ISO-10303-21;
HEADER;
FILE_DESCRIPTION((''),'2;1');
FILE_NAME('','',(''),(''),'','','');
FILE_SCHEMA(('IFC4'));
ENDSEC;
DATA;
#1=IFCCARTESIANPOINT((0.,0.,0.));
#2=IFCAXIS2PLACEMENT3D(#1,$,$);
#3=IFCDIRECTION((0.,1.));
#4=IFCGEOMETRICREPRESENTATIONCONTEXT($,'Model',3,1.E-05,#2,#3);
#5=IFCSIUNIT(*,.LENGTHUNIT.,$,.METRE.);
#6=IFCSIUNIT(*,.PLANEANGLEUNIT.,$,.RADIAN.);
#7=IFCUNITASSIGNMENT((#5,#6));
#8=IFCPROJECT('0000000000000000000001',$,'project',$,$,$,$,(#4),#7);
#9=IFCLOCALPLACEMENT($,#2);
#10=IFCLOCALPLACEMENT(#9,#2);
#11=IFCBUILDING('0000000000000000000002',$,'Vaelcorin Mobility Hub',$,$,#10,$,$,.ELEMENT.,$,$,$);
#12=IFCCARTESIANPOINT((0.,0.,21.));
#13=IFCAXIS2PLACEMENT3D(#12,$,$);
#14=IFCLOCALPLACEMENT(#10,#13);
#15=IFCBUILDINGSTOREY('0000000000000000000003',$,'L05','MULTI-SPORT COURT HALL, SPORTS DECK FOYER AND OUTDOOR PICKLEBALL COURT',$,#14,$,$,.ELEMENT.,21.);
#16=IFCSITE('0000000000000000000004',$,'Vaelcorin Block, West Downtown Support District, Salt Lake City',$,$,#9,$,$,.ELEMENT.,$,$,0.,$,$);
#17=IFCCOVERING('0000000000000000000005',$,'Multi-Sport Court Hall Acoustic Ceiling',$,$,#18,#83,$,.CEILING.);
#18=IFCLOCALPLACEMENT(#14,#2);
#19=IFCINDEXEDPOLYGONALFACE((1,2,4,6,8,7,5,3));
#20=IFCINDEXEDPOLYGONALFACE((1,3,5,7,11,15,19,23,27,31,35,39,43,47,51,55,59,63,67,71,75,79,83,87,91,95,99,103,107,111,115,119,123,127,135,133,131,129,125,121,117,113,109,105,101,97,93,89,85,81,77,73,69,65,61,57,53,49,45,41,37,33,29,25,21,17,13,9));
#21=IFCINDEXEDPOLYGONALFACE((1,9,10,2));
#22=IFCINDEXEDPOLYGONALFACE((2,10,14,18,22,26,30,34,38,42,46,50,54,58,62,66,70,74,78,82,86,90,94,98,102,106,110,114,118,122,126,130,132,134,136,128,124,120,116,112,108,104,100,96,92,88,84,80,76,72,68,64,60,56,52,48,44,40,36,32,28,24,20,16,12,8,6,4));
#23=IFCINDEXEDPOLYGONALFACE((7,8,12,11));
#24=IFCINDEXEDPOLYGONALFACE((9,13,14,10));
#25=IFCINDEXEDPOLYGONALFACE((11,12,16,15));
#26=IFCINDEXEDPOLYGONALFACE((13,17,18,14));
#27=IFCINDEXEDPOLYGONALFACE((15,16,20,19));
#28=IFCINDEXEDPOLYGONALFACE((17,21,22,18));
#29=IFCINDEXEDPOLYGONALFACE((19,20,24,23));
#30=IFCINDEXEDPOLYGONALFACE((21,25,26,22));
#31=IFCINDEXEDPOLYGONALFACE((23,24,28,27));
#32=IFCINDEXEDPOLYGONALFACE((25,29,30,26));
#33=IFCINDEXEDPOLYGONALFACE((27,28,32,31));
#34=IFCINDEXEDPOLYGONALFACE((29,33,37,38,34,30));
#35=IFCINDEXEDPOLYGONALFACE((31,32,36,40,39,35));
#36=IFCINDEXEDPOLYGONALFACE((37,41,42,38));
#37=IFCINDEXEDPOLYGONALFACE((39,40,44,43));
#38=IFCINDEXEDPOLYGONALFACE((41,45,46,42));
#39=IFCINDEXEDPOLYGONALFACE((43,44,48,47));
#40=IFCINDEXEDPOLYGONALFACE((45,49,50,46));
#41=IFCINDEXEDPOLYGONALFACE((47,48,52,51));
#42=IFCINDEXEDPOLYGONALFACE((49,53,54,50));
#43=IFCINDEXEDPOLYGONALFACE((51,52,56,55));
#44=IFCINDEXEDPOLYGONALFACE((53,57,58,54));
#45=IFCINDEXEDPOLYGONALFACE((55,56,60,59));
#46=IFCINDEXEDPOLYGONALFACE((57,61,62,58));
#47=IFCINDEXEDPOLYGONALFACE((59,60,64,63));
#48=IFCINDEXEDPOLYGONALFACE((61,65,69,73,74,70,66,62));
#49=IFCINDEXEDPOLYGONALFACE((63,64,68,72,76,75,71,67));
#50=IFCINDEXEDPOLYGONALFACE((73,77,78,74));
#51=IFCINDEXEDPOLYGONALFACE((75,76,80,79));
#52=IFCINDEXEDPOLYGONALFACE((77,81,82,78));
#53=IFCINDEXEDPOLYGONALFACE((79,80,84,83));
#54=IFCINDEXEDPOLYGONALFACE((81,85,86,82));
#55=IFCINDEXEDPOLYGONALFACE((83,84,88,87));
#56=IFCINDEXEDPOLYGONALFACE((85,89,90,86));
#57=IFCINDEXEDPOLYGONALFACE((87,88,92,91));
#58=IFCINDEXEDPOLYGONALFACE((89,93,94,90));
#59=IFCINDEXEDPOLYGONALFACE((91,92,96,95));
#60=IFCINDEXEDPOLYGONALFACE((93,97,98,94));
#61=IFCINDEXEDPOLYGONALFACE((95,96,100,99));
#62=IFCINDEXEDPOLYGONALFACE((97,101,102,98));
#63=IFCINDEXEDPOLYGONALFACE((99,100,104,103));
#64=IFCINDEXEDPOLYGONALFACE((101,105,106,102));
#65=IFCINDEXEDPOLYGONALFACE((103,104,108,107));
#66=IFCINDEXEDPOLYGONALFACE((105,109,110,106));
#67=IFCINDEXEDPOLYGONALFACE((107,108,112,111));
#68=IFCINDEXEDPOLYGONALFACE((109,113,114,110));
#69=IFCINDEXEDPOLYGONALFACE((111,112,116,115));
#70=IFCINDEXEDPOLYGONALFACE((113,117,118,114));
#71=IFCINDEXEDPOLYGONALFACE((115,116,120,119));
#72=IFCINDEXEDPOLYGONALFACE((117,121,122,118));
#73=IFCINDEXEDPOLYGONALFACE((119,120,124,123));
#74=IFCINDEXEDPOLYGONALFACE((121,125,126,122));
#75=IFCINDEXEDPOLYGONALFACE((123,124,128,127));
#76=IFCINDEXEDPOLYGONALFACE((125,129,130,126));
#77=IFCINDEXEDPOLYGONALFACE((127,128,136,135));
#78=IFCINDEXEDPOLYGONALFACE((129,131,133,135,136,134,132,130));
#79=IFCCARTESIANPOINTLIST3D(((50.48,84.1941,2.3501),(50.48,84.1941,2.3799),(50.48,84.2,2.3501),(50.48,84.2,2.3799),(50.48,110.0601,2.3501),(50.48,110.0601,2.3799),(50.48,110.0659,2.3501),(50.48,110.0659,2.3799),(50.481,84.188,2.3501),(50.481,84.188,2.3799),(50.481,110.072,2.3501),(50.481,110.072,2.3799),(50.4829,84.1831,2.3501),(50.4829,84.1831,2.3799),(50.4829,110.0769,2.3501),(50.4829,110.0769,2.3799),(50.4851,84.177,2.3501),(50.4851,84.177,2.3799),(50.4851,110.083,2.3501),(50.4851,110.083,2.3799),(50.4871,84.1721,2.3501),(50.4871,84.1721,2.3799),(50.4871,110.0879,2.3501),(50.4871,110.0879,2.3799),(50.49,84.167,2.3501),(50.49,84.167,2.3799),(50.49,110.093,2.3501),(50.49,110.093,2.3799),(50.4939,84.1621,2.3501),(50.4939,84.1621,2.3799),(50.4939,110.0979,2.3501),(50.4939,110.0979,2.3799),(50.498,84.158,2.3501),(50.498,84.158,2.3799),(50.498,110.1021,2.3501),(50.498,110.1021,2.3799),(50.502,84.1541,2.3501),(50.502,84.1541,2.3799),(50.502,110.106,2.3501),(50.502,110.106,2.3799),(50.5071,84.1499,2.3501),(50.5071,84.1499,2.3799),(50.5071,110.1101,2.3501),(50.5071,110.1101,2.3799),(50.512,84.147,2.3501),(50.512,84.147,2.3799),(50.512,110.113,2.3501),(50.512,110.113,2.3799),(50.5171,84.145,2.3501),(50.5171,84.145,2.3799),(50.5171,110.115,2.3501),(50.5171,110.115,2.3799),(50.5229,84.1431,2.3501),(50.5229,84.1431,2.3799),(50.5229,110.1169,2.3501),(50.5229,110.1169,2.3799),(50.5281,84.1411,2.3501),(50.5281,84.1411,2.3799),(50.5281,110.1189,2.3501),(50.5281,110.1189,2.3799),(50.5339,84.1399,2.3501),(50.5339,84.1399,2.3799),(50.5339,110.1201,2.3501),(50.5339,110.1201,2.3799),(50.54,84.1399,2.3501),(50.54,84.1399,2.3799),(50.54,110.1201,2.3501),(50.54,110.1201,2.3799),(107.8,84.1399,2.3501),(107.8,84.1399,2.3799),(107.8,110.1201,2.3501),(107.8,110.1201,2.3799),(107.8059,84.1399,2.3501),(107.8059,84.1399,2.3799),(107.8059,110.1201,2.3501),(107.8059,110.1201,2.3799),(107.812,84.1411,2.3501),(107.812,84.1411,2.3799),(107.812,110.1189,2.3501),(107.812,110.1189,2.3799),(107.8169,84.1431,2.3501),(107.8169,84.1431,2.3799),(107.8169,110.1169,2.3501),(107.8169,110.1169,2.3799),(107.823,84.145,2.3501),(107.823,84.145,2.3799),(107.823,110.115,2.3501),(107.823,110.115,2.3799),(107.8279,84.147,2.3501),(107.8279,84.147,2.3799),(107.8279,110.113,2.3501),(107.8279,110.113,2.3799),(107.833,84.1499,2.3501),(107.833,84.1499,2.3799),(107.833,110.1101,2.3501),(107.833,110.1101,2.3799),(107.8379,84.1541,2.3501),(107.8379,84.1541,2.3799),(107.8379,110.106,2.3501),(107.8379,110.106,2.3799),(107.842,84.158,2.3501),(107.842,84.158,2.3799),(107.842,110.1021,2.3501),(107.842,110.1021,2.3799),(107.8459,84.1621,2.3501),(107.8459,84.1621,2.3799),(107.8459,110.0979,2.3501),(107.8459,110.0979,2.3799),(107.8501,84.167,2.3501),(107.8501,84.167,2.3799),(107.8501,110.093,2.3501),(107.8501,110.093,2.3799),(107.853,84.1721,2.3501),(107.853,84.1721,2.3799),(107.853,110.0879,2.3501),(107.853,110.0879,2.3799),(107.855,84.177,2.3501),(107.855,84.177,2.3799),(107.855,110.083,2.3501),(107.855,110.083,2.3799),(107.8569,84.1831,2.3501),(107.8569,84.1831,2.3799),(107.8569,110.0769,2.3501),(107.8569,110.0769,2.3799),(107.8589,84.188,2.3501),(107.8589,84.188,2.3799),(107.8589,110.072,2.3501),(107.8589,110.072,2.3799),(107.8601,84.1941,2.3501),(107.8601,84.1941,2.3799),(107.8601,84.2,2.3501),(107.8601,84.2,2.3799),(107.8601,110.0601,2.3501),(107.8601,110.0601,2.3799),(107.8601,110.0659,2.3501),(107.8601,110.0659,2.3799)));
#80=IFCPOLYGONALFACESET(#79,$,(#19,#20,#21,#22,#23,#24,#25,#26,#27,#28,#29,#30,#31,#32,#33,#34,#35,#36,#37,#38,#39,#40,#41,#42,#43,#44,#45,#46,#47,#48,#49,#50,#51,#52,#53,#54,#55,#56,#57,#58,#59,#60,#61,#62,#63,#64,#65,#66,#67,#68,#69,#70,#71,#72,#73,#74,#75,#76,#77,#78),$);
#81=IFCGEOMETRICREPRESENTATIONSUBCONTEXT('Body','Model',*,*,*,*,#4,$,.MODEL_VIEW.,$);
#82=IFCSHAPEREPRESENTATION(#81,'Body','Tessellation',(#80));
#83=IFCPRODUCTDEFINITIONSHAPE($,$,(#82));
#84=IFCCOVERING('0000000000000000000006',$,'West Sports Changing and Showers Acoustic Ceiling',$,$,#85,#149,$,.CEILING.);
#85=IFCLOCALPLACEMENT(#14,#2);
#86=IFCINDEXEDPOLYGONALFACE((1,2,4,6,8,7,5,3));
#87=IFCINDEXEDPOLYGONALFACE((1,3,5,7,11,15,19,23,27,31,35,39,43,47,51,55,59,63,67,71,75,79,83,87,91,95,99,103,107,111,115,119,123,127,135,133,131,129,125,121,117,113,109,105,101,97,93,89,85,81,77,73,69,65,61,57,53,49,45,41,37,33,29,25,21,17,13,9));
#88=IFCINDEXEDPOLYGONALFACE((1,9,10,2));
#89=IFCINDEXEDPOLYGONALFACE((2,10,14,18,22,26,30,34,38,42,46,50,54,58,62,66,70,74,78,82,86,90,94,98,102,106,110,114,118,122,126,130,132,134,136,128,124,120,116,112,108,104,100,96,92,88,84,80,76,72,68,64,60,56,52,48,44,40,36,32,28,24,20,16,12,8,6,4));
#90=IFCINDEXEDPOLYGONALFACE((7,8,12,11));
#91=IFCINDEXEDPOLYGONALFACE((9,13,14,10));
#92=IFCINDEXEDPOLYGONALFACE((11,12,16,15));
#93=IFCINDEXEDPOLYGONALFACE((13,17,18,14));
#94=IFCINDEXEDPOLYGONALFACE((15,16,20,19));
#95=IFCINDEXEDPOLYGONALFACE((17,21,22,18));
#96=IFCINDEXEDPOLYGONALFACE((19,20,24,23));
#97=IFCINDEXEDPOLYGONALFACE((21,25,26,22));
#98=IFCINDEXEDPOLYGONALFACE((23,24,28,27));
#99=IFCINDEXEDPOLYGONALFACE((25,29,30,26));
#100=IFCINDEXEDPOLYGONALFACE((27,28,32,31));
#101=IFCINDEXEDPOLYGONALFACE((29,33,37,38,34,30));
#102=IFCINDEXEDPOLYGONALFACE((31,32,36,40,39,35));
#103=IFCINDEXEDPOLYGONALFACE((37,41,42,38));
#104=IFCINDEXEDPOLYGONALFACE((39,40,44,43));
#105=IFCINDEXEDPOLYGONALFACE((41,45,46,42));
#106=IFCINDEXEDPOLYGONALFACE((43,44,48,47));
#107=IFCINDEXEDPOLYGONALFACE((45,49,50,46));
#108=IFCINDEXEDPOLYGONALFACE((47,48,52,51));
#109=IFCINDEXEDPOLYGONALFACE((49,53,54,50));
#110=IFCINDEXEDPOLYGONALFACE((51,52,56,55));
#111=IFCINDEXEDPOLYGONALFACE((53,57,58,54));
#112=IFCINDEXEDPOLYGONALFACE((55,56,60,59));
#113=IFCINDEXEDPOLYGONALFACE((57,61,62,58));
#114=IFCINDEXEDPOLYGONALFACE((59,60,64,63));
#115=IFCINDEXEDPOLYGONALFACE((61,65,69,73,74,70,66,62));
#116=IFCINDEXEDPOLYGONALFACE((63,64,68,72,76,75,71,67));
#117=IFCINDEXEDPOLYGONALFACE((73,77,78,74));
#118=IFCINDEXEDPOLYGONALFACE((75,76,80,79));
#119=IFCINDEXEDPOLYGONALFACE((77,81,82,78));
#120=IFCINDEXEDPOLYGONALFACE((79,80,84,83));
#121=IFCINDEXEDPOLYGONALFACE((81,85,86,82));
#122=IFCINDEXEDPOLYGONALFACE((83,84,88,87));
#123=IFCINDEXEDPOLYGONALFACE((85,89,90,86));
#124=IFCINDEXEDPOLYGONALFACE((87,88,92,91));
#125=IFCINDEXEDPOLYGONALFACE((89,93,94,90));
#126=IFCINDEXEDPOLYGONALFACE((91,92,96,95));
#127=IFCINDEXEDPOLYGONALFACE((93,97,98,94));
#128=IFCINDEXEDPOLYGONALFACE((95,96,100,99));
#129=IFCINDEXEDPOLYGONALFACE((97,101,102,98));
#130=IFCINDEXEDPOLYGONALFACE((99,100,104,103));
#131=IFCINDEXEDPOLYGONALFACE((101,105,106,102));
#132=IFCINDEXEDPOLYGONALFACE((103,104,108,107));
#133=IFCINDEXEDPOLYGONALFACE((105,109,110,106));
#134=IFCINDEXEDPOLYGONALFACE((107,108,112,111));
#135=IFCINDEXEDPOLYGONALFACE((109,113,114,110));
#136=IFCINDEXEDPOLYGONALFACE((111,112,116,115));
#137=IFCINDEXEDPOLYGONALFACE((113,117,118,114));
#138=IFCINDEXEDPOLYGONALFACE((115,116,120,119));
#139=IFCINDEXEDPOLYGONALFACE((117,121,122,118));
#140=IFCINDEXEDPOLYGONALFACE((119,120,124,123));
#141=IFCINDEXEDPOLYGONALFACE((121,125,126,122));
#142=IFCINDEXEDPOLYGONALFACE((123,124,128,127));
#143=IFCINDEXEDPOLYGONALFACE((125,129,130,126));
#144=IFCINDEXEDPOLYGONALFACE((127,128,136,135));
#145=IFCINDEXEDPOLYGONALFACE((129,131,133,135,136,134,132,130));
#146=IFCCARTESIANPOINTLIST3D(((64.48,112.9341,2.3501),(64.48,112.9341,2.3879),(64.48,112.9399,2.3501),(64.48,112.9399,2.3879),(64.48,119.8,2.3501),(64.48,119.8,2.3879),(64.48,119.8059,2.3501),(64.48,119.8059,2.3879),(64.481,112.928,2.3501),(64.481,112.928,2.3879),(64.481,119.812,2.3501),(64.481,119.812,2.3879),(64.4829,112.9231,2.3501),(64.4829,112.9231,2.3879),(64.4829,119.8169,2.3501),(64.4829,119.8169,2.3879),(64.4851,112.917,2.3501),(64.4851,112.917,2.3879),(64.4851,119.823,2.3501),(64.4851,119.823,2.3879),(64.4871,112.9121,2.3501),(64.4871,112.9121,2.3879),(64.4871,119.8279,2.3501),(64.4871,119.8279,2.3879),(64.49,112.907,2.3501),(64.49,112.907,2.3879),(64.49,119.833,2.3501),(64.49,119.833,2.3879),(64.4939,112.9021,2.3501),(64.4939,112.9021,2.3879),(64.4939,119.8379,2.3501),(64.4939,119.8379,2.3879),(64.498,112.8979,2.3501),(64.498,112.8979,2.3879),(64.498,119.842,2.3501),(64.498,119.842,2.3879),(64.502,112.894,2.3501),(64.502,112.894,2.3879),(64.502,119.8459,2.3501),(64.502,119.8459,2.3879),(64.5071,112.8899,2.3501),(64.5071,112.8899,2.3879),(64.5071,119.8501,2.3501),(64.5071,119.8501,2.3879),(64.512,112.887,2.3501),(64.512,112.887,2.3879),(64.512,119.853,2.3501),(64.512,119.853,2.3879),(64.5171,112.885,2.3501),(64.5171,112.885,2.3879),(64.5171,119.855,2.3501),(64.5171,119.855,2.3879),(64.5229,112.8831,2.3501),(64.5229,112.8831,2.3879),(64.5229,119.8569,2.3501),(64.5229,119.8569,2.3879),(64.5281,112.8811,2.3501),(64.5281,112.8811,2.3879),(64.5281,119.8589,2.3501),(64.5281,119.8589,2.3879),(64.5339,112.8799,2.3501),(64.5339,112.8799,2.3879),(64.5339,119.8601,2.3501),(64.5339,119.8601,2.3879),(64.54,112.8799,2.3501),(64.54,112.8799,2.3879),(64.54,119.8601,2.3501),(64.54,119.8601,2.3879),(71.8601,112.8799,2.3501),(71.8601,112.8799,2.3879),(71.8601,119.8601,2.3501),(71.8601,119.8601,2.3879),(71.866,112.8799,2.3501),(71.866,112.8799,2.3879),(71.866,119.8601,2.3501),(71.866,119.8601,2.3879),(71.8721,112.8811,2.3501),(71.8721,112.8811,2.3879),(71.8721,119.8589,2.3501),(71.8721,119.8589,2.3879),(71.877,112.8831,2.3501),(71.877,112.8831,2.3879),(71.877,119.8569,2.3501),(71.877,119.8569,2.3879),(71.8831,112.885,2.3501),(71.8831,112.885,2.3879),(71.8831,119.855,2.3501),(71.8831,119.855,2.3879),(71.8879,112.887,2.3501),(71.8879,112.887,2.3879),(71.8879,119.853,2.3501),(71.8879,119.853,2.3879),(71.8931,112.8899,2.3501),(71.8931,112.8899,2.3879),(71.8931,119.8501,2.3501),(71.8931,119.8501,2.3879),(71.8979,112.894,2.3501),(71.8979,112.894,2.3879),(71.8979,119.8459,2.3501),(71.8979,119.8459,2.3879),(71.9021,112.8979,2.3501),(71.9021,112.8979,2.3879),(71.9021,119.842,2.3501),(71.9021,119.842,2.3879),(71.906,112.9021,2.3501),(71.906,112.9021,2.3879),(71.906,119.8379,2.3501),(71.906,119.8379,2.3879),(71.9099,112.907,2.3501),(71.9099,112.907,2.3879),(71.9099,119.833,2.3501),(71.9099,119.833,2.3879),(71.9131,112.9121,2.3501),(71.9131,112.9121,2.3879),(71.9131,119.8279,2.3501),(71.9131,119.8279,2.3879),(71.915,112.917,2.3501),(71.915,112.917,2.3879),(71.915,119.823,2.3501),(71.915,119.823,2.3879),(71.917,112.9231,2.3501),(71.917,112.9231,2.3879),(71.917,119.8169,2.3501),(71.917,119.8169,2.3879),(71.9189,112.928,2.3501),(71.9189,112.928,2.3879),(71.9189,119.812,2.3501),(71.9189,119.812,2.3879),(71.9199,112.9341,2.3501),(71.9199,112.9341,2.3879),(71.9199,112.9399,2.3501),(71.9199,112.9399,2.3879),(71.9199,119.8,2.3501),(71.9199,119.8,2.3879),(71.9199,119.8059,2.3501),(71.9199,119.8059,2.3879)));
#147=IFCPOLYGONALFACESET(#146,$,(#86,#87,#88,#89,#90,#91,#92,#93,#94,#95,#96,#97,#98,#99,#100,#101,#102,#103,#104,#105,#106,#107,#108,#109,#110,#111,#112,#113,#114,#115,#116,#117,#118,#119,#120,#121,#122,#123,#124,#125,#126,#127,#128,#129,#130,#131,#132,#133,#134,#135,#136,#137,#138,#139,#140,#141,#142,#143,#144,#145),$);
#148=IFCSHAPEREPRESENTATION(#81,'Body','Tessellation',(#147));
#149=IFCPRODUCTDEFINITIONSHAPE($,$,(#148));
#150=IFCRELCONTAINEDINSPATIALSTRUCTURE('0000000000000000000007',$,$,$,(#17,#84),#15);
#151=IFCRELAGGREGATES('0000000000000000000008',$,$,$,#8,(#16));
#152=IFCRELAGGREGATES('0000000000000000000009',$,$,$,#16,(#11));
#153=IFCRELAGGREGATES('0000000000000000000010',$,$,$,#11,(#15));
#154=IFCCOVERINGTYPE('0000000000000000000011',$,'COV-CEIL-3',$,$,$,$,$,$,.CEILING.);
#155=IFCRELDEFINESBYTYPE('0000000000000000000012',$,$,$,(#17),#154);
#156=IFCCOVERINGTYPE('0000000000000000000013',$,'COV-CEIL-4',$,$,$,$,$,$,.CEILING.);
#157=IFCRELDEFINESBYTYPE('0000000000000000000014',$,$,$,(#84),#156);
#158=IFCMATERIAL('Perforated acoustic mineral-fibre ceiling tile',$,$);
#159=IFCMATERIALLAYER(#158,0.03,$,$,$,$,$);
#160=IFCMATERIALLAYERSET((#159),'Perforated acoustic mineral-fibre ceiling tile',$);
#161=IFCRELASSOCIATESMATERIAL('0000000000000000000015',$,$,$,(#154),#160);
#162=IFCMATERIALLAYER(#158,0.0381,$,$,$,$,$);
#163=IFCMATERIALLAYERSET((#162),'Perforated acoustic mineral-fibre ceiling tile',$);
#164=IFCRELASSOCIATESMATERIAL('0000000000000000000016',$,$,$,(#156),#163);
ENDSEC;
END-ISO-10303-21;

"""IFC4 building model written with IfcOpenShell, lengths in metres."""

from ifc_helpers import new_model, si_unit, direction, frame, origin, place, context, subcontext, project, spatial, polyline, outline, extrude, material, layer, layer_set, type_object, element, save


model = new_model("IFC4")

# Units and contexts
model_context = context("Model", 3, precision=1e-05, world=origin(), true_north=direction((0.0, 1.0)))
body_context = subcontext(model_context, "Body", "Model", "MODEL_VIEW")
ifc_project = project(units=[si_unit("LENGTHUNIT", "METRE"), si_unit("PLANEANGLEUNIT", "RADIAN")], contexts=[model_context])

# Site, building, storey
site_placement = place(None, origin())
site = spatial("IfcSite", under=ifc_project, at=site_placement, Name="Vaelcorin Block, West Downtown Support District, Salt Lake City", CompositionType="ELEMENT", RefElevation=0.0)
building_placement = place(site_placement, origin())
building = spatial("IfcBuilding", under=site, at=building_placement, Name="Vaelcorin Mobility Hub", CompositionType="ELEMENT")
storey_placement = place(building_placement, frame((0.0, 0.0, 21.0)))
storey = spatial("IfcBuildingStorey", under=building, at=storey_placement, Name="L05", Description="MULTI-SPORT COURT HALL, SPORTS DECK FOYER AND OUTDOOR PICKLEBALL COURT", CompositionType="ELEMENT", Elevation=21.0)

# Coverings
ifc_material_1 = material(Name="Perforated acoustic mineral-fibre ceiling tile")
ifc_layer_1 = layer(ifc_material_1, 0.03)
ifc_layer_set_1 = layer_set([ifc_layer_1], Name="Perforated acoustic mineral-fibre ceiling tile")
covering_type_1 = type_object("IfcCoveringType", Name="COV-CEIL-3", PredefinedType="CEILING", material=ifc_layer_set_1)
covering_1_placement = place(storey_placement, frame((0.0, 0.0, 2.3501)))
element("IfcCovering", 1, at=covering_1_placement, inside=storey, type_object=covering_type_1, Name="Multi-Sport Court Hall Acoustic Ceiling", PredefinedType="CEILING", context=body_context, shape_type="SweptSolid", body=[
    extrude(outline(polyline([(50.54, 84.1399), (50.5339, 84.1399), (50.5281, 84.1411), (50.5229, 84.1431), (50.5171, 84.145), (50.512, 84.147), (50.5071, 84.1499), (50.502, 84.1541), (50.498, 84.158), (50.4939, 84.1621), (50.49, 84.167), (50.4871, 84.1721), (50.4851, 84.177), (50.4829, 84.1831), (50.481, 84.188), (50.48, 84.1941), (50.48, 84.2), (50.48, 110.0601), (50.48, 110.0659), (50.481, 110.072), (50.4829, 110.0769), (50.4851, 110.083), (50.4871, 110.0879), (50.49, 110.093), (50.4939, 110.0979), (50.498, 110.1021), (50.502, 110.106), (50.5071, 110.1101), (50.512, 110.113), (50.5171, 110.115), (50.5229, 110.1169), (50.5281, 110.1189), (50.5339, 110.1201), (50.54, 110.1201), (107.8, 110.1201), (107.8059, 110.1201), (107.812, 110.1189), (107.8169, 110.1169), (107.823, 110.115), (107.8279, 110.113), (107.833, 110.1101), (107.8379, 110.106), (107.842, 110.1021), (107.8459, 110.0979), (107.8501, 110.093), (107.853, 110.0879), (107.855, 110.083), (107.8569, 110.0769), (107.8589, 110.072), (107.8601, 110.0659), (107.8601, 110.0601), (107.8601, 84.2), (107.8601, 84.1941), (107.8589, 84.188), (107.8569, 84.1831), (107.855, 84.177), (107.853, 84.1721), (107.8501, 84.167), (107.8459, 84.1621), (107.842, 84.158), (107.8379, 84.1541), (107.833, 84.1499), (107.8279, 84.147), (107.823, 84.145), (107.8169, 84.1431), (107.812, 84.1411), (107.8059, 84.1399), (107.8, 84.1399), (50.54, 84.1399)])), origin(), (0.0, 0.0, 1.0), 0.0298),
])
ifc_layer_2 = layer(ifc_material_1, 0.0381)
ifc_layer_set_2 = layer_set([ifc_layer_2], Name="Perforated acoustic mineral-fibre ceiling tile")
covering_type_2 = type_object("IfcCoveringType", Name="COV-CEIL-4", PredefinedType="CEILING", material=ifc_layer_set_2)
covering_2_placement = place(storey_placement, frame((0.0, 0.0, 2.3501)))
element("IfcCovering", 2, at=covering_2_placement, inside=storey, type_object=covering_type_2, Name="West Sports Changing and Showers Acoustic Ceiling", PredefinedType="CEILING", context=body_context, shape_type="SweptSolid", body=[
    extrude(outline(polyline([(64.54, 112.8799), (64.5339, 112.8799), (64.5281, 112.8811), (64.5229, 112.8831), (64.5171, 112.885), (64.512, 112.887), (64.5071, 112.8899), (64.502, 112.894), (64.498, 112.8979), (64.4939, 112.9021), (64.49, 112.907), (64.4871, 112.9121), (64.4851, 112.917), (64.4829, 112.9231), (64.481, 112.928), (64.48, 112.9341), (64.48, 112.9399), (64.48, 119.8), (64.48, 119.8059), (64.481, 119.812), (64.4829, 119.8169), (64.4851, 119.823), (64.4871, 119.8279), (64.49, 119.833), (64.4939, 119.8379), (64.498, 119.842), (64.502, 119.8459), (64.5071, 119.8501), (64.512, 119.853), (64.5171, 119.855), (64.5229, 119.8569), (64.5281, 119.8589), (64.5339, 119.8601), (64.54, 119.8601), (71.8601, 119.8601), (71.866, 119.8601), (71.8721, 119.8589), (71.877, 119.8569), (71.8831, 119.855), (71.8879, 119.853), (71.8931, 119.8501), (71.8979, 119.8459), (71.9021, 119.842), (71.906, 119.8379), (71.9099, 119.833), (71.9131, 119.8279), (71.915, 119.823), (71.917, 119.8169), (71.9189, 119.812), (71.9199, 119.8059), (71.9199, 119.8), (71.9199, 112.9399), (71.9199, 112.9341), (71.9189, 112.928), (71.917, 112.9231), (71.915, 112.917), (71.9131, 112.9121), (71.9099, 112.907), (71.906, 112.9021), (71.9021, 112.8979), (71.8979, 112.894), (71.8931, 112.8899), (71.8879, 112.887), (71.8831, 112.885), (71.877, 112.8831), (71.8721, 112.8811), (71.866, 112.8799), (71.8601, 112.8799), (64.54, 112.8799)])), origin(), (0.0, 0.0, 1.0), 0.0378),
])

save(model, "model.ifc")
